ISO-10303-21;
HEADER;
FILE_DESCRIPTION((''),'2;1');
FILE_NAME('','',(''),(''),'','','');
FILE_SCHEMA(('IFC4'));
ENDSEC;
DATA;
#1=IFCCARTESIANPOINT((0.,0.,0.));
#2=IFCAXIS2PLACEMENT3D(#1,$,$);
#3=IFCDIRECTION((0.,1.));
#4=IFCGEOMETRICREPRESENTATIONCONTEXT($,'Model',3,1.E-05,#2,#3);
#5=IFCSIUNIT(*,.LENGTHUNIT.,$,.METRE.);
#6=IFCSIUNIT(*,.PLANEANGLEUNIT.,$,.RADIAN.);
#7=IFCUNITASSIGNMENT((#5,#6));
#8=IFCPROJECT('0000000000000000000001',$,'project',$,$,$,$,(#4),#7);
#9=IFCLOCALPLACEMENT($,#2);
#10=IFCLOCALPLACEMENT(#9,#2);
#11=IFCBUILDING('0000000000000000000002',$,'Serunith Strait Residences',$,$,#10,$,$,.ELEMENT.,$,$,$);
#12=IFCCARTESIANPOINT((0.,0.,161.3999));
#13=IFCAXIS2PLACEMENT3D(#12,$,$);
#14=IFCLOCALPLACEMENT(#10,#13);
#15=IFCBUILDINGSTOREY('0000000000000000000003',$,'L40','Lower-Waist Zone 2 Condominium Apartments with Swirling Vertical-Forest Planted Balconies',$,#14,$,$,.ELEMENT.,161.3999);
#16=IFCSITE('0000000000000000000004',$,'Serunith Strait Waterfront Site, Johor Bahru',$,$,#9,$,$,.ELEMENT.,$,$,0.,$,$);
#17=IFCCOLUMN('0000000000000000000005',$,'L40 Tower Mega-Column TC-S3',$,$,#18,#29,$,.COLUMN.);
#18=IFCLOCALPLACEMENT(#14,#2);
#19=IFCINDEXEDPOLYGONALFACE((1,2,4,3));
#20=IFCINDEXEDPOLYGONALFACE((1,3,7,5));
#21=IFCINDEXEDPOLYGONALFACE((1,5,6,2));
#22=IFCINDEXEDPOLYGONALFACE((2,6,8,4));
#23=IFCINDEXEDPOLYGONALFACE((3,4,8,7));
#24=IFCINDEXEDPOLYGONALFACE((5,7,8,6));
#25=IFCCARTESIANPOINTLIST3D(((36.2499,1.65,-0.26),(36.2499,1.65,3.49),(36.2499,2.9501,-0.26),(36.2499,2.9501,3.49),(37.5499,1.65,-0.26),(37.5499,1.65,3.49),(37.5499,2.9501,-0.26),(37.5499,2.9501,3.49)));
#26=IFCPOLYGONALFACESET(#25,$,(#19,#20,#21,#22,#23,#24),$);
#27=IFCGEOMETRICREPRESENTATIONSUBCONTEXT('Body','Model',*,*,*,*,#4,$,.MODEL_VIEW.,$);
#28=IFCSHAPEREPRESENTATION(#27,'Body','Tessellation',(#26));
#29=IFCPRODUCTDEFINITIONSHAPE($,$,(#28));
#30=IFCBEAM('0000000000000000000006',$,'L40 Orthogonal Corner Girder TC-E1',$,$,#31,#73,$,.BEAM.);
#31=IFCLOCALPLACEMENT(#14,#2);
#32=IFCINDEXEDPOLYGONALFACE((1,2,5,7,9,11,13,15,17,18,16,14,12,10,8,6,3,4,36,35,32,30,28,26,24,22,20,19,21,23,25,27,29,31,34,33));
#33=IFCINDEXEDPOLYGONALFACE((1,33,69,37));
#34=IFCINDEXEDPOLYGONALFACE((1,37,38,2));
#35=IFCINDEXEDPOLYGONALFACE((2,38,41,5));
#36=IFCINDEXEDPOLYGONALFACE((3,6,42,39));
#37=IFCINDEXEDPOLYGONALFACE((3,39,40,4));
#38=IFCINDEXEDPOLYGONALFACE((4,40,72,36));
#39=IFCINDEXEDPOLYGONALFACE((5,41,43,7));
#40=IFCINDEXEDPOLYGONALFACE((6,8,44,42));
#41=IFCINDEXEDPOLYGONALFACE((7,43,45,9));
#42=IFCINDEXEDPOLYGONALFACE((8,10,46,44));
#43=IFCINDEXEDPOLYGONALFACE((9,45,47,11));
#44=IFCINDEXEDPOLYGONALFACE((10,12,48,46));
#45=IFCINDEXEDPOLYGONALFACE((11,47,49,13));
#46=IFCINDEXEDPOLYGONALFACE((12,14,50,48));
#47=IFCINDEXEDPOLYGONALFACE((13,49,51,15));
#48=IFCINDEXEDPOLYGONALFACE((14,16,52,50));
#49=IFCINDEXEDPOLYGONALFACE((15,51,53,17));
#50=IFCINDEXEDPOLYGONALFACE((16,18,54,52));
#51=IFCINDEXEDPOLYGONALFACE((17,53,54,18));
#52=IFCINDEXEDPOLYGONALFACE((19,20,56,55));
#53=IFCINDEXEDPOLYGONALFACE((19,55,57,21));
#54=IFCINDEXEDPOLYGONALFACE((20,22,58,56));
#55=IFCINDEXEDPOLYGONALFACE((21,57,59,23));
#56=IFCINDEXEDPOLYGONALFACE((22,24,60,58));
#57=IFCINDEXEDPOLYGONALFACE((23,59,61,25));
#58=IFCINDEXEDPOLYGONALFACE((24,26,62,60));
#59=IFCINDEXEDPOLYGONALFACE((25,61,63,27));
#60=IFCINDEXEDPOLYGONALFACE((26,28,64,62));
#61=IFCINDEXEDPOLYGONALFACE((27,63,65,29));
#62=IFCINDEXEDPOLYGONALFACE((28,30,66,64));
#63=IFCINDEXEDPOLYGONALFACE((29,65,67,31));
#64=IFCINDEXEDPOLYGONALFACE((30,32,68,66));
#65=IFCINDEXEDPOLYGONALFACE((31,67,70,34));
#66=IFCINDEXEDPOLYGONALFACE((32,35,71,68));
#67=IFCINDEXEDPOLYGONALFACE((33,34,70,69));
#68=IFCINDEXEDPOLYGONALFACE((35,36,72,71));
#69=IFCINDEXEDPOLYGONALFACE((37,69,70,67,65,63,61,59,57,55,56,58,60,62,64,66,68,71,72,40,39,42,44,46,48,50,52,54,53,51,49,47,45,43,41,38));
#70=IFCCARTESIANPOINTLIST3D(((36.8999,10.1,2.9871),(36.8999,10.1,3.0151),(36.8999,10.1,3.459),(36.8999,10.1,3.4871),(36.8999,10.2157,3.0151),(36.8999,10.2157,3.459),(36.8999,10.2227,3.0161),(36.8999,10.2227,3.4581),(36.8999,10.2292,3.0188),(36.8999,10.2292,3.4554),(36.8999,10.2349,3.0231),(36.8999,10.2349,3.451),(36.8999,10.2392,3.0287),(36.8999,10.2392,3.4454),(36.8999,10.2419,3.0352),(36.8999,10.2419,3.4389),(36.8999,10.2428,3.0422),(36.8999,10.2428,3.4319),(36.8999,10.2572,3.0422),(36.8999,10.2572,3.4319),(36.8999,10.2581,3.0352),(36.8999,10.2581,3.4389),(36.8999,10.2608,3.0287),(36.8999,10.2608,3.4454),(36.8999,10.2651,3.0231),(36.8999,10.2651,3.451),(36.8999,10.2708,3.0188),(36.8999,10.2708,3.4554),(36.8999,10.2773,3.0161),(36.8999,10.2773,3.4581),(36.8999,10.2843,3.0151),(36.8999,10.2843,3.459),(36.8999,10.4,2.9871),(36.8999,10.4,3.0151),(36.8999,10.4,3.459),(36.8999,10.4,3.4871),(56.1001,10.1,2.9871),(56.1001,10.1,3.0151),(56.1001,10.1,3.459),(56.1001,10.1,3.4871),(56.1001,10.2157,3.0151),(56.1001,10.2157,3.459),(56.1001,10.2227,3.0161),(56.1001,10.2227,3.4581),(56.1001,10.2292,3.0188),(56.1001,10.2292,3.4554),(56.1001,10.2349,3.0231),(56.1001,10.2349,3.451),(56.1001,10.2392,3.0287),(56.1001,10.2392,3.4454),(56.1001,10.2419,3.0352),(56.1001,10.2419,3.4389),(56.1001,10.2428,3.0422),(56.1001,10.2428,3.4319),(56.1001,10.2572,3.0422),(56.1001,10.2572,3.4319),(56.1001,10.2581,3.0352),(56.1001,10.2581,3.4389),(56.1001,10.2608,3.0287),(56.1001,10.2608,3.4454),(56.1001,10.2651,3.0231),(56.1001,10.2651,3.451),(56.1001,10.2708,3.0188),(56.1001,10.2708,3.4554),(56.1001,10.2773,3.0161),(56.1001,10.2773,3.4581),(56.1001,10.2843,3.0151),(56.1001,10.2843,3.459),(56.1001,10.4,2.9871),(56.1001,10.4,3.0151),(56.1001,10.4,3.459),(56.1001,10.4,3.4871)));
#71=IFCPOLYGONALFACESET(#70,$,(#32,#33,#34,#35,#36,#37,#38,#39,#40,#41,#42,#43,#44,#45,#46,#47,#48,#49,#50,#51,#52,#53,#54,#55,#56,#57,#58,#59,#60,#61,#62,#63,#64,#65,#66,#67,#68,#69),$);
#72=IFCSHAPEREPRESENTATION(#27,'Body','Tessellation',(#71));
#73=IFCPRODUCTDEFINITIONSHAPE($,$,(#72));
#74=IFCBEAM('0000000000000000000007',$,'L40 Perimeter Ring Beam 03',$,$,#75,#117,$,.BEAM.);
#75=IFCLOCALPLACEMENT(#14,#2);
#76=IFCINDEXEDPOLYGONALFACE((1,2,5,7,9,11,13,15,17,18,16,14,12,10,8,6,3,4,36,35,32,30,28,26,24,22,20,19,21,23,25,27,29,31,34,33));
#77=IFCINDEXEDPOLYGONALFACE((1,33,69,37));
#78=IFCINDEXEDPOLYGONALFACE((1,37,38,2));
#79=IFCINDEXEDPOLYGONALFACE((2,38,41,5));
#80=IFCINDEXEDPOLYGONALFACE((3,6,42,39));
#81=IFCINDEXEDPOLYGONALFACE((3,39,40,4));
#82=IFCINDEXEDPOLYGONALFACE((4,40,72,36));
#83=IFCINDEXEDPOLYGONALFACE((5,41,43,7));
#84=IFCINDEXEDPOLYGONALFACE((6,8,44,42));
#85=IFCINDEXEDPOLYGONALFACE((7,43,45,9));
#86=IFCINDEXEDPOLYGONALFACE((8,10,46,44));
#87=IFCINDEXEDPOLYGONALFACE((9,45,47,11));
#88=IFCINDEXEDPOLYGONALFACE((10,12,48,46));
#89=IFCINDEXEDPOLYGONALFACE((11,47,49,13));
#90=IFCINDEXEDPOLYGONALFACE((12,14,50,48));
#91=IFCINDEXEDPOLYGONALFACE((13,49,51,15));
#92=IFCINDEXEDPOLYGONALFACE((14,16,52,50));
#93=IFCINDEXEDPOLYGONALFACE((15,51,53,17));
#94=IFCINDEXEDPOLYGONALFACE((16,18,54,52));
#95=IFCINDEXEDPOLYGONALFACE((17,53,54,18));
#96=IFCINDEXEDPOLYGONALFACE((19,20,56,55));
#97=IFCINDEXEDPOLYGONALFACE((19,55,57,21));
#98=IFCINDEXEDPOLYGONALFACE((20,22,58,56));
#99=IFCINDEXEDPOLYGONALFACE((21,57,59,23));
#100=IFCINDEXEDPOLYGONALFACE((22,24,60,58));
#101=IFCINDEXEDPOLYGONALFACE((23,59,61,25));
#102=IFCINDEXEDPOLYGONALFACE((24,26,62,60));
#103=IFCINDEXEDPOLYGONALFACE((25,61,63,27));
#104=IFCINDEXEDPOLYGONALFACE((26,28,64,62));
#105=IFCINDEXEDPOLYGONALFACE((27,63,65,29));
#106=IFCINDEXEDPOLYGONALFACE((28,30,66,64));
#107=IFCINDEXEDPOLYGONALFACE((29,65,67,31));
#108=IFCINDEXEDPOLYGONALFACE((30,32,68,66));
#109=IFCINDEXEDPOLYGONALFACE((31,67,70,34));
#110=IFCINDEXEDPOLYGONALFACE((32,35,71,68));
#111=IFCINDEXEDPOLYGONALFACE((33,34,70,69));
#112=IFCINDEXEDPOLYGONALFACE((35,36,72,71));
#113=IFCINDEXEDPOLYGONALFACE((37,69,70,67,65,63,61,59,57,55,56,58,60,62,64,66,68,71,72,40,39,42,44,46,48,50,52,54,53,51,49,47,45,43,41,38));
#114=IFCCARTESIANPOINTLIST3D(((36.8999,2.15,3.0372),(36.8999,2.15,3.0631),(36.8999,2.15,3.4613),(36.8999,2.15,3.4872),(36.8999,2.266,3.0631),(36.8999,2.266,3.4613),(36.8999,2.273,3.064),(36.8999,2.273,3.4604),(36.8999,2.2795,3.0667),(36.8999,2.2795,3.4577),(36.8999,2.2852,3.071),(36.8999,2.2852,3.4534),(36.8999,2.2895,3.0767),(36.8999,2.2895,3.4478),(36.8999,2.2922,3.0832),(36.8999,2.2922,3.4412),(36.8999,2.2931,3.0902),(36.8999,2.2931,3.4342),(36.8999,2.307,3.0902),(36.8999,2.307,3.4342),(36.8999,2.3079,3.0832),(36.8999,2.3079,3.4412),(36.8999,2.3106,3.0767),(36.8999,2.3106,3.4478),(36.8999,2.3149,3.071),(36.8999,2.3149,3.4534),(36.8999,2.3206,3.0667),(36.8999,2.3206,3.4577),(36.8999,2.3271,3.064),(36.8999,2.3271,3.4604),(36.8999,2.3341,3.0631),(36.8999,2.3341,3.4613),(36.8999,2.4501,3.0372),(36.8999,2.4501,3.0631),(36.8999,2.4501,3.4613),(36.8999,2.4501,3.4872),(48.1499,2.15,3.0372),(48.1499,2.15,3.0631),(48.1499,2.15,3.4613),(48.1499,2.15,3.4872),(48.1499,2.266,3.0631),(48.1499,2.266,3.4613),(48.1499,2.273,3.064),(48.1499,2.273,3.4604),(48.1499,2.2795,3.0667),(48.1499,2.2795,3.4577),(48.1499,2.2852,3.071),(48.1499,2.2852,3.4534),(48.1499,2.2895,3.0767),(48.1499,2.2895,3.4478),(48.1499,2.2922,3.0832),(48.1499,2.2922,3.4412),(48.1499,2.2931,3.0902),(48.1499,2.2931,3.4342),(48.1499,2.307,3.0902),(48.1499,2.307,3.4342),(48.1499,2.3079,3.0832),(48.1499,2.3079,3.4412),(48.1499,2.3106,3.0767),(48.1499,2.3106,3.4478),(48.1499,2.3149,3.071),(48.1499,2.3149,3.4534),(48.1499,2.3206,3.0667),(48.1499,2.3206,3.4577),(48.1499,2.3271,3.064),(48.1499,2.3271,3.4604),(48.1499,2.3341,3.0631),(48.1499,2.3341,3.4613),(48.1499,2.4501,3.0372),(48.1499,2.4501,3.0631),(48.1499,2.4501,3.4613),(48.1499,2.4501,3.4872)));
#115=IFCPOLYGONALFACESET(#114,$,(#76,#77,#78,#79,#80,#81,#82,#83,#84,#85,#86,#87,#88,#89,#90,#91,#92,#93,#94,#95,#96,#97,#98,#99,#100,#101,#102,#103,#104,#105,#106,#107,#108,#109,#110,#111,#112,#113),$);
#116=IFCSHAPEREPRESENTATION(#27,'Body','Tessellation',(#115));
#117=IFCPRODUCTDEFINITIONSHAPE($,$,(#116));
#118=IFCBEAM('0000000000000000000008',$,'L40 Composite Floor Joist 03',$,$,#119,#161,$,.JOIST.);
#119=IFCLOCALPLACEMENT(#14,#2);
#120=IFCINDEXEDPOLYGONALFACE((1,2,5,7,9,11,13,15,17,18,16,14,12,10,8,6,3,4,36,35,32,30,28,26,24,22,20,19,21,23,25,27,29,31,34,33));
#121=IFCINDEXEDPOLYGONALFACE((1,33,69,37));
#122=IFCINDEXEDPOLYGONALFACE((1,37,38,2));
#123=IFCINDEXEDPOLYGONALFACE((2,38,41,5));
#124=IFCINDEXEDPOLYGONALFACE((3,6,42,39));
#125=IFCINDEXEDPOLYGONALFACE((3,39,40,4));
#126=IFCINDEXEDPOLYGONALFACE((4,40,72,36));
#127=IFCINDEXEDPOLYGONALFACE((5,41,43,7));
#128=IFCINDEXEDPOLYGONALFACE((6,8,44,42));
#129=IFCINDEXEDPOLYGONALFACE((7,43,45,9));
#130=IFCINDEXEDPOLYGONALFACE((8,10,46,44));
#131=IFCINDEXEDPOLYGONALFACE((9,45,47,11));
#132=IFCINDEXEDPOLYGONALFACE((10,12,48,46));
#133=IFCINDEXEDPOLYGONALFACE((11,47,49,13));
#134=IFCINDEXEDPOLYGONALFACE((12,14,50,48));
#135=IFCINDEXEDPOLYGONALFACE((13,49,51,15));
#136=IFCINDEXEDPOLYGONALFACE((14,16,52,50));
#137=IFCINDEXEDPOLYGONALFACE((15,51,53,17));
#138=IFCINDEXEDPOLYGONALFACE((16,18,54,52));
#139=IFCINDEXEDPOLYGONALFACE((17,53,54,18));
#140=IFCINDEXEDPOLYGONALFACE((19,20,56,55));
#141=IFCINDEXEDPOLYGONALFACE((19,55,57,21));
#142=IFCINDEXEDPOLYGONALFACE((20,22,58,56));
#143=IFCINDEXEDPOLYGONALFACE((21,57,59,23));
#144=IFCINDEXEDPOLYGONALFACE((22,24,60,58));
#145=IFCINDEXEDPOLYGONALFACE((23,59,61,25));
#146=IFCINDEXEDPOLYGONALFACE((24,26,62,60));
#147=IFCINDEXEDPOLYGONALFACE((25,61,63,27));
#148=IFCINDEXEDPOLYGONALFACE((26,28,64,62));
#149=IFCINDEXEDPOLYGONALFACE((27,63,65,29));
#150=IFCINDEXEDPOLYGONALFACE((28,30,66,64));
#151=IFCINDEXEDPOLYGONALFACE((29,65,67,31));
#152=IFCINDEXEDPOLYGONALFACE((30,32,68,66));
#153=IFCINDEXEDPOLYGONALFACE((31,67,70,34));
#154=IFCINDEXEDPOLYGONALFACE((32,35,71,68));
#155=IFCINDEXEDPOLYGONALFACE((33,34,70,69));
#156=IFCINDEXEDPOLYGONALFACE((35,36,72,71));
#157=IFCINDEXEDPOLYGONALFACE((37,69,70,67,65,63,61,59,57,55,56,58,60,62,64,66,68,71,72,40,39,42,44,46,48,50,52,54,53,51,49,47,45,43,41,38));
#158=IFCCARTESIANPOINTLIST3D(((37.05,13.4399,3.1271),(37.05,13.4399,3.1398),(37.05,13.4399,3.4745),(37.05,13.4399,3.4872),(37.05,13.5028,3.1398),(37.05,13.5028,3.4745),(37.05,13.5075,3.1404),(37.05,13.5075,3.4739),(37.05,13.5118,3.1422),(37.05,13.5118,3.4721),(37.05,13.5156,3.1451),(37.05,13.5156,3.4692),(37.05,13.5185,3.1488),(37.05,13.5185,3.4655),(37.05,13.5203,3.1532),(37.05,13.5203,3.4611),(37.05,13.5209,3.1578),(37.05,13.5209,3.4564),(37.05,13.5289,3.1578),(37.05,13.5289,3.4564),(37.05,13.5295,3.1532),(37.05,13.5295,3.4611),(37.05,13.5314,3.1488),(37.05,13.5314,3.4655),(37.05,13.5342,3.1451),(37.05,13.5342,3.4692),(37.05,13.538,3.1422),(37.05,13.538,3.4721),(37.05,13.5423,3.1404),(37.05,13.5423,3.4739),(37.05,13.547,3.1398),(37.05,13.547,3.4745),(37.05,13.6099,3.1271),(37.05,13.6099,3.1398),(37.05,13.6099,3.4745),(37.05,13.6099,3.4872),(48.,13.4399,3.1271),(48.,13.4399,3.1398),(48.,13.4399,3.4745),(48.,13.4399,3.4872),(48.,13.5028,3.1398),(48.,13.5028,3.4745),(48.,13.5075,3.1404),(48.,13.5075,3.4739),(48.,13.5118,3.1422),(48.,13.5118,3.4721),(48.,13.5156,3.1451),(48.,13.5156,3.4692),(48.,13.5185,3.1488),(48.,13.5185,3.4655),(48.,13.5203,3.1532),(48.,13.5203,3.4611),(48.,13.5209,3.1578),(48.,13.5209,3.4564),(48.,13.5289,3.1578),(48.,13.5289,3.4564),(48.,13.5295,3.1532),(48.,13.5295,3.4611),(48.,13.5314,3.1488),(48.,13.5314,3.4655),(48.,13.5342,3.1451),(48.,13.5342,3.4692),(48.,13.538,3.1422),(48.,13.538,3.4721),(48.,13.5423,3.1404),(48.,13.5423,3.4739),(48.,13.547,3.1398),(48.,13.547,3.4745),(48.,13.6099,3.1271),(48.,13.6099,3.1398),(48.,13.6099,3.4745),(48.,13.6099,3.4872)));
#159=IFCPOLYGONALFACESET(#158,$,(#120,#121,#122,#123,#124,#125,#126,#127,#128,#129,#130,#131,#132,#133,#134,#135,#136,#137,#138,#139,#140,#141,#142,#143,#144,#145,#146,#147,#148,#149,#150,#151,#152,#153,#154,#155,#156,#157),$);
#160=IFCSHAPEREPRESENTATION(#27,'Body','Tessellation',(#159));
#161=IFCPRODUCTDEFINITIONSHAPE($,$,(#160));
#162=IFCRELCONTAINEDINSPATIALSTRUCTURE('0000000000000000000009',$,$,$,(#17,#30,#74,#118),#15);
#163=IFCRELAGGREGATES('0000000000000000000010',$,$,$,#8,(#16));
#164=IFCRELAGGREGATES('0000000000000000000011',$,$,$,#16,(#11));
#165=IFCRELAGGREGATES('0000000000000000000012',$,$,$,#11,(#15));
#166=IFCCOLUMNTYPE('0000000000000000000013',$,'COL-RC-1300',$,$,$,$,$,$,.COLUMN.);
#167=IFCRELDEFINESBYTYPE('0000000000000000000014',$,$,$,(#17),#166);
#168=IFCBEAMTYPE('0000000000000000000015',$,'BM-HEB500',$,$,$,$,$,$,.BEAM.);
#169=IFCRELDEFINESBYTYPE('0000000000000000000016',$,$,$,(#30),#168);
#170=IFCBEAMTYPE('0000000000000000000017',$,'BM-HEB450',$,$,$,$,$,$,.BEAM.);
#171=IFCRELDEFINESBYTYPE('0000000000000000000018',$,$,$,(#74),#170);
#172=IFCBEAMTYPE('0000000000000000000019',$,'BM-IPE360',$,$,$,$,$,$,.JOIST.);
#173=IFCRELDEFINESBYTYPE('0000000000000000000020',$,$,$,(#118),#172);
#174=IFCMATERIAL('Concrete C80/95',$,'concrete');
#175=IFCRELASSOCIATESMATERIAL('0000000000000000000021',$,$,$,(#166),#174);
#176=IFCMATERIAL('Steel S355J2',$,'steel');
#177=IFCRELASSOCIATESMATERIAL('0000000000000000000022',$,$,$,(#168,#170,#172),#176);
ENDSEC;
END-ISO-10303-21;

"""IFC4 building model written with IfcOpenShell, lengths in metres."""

from ifc_helpers import new_model, si_unit, direction, frame, origin, origin_2d, place, context, subcontext, project, spatial, rectangle, i_section, extrude, source, transform, mapped, material, material_profile, profile_set, type_object, element, save


model = new_model("IFC4")

# Units and contexts
model_context = context("Model", 3, precision=1e-05, world=origin(), true_north=direction((0.0, 1.0)))
body_context = subcontext(model_context, "Body", "Model", "MODEL_VIEW")
ifc_project = project(units=[si_unit("LENGTHUNIT", "METRE"), si_unit("PLANEANGLEUNIT", "RADIAN")], contexts=[model_context])

# Site, building, storey
site_placement = place(None, origin())
site = spatial("IfcSite", under=ifc_project, at=site_placement, Name="Serunith Strait Waterfront Site, Johor Bahru", CompositionType="ELEMENT", RefElevation=0.0)
building_placement = place(site_placement, origin())
building = spatial("IfcBuilding", under=site, at=building_placement, Name="Serunith Strait Residences", CompositionType="ELEMENT")
storey_placement = place(building_placement, frame((0.0, 0.0, 161.3999)))
storey = spatial("IfcBuildingStorey", under=building, at=storey_placement, Name="L40", Description="Lower-Waist Zone 2 Condominium Apartments with Swirling Vertical-Forest Planted Balconies", CompositionType="ELEMENT", Elevation=161.3999)

# Column
ifc_material_1 = material(Name="Concrete C80/95", Category="concrete")
ifc_material_profile_1 = material_profile(ifc_material_1, rectangle(XDim=1.3, YDim=1.3, at=origin_2d()), Name="RC 1300x1300")
ifc_profile_set_1 = profile_set([ifc_material_profile_1], Name="Concrete C80/95")
column_type = type_object("IfcColumnType", Name="COL-RC-1300", PredefinedType="COLUMN", material=ifc_profile_set_1)
shared_shape_1 = source(origin(), body_context, "Body", "SweptSolid", [
    extrude(rectangle(XDim=1.3, YDim=1.3, at=origin_2d()), origin(), (0.0, 0.0, 1.0), 3.75),
])
column_placement = place(storey_placement, frame((36.8999, 2.3, -0.26), z_axis=(0.0, 0.0, 1.0), x_axis=(1.0, 0.0, 0.0)))
element("IfcColumn", 1, at=column_placement, inside=storey, type_object=column_type, Name="L40 Tower Mega-Column TC-S3", PredefinedType="COLUMN", context=body_context, shape_type="MappedRepresentation", body=[
    mapped(shared_shape_1, transform((0.0, 0.0, 0.0), scale=1.0)),
])

# Beams
ifc_material_2 = material(Name="Steel S355J2", Category="steel")
ifc_material_profile_2 = material_profile(ifc_material_2, i_section(OverallWidth=0.3, OverallDepth=0.5, WebThickness=0.0144, FlangeThickness=0.0281, FilletRadius=0.0271, at=origin_2d()), Name="HEB 500")
ifc_profile_set_2 = profile_set([ifc_material_profile_2], Name="Steel S355J2")
beam_type_1 = type_object("IfcBeamType", Name="BM-HEB500", PredefinedType="BEAM", material=ifc_profile_set_2)
shared_shape_2 = source(origin(), body_context, "Body", "SweptSolid", [
    extrude(i_section(OverallWidth=0.3, OverallDepth=0.5, WebThickness=0.0144, FlangeThickness=0.0281, FilletRadius=0.0271, at=origin_2d()), origin(), (0.0, 0.0, 1.0), 19.2002),
])
beam_1_placement = place(storey_placement, frame((36.8999, 10.25, 3.2371), z_axis=(1.0, 0.0, 0.0), x_axis=(0.0, 1.0, 0.0)))
element("IfcBeam", 2, at=beam_1_placement, inside=storey, type_object=beam_type_1, Name="L40 Orthogonal Corner Girder TC-E1", PredefinedType="BEAM", context=body_context, shape_type="MappedRepresentation", body=[
    mapped(shared_shape_2, transform((0.0, 0.0, 0.0), scale=1.0)),
])
ifc_material_profile_3 = material_profile(ifc_material_2, i_section(OverallWidth=0.3, OverallDepth=0.45, WebThickness=0.0139, FlangeThickness=0.0259, FilletRadius=0.0271, at=origin_2d()), Name="HEB 450")
ifc_profile_set_3 = profile_set([ifc_material_profile_3], Name="Steel S355J2")
beam_type_2 = type_object("IfcBeamType", Name="BM-HEB450", PredefinedType="BEAM", material=ifc_profile_set_3)
shared_shape_3 = source(origin(), body_context, "Body", "SweptSolid", [
    extrude(i_section(OverallWidth=0.3, OverallDepth=0.45, WebThickness=0.0139, FlangeThickness=0.0259, FilletRadius=0.0271, at=origin_2d()), origin(), (0.0, 0.0, 1.0), 11.25),
])
beam_2_placement = place(storey_placement, frame((36.8999, 2.3, 3.2622), z_axis=(1.0, 0.0, 0.0), x_axis=(0.0, 1.0, 0.0)))
element("IfcBeam", 3, at=beam_2_placement, inside=storey, type_object=beam_type_2, Name="L40 Perimeter Ring Beam 03", PredefinedType="BEAM", context=body_context, shape_type="MappedRepresentation", body=[
    mapped(shared_shape_3, transform((0.0, 0.0, 0.0), scale=1.0)),
])
ifc_material_profile_4 = material_profile(ifc_material_2, i_section(OverallWidth=0.1699, OverallDepth=0.3601, WebThickness=0.0081, FlangeThickness=0.0127, FilletRadius=0.0181, at=origin_2d()), Name="IPE 360")
ifc_profile_set_4 = profile_set([ifc_material_profile_4], Name="Steel S355J2")
beam_type_3 = type_object("IfcBeamType", Name="BM-IPE360", PredefinedType="JOIST", material=ifc_profile_set_4)
shared_shape_4 = source(origin(), body_context, "Body", "SweptSolid", [
    extrude(i_section(OverallWidth=0.1699, OverallDepth=0.3601, WebThickness=0.0081, FlangeThickness=0.0127, FilletRadius=0.0181, at=origin_2d()), origin(), (0.0, 0.0, 1.0), 10.95),
])
beam_3_placement = place(storey_placement, frame((37.05, 13.5249, 3.3071), z_axis=(1.0, 0.0, 0.0), x_axis=(0.0, 1.0, 0.0)))
element("IfcBeam", 4, at=beam_3_placement, inside=storey, type_object=beam_type_3, Name="L40 Composite Floor Joist 03", PredefinedType="JOIST", context=body_context, shape_type="MappedRepresentation", body=[
    mapped(shared_shape_4, transform((0.0, 0.0, 0.0), scale=1.0)),
])

save(model, "model.ifc")
